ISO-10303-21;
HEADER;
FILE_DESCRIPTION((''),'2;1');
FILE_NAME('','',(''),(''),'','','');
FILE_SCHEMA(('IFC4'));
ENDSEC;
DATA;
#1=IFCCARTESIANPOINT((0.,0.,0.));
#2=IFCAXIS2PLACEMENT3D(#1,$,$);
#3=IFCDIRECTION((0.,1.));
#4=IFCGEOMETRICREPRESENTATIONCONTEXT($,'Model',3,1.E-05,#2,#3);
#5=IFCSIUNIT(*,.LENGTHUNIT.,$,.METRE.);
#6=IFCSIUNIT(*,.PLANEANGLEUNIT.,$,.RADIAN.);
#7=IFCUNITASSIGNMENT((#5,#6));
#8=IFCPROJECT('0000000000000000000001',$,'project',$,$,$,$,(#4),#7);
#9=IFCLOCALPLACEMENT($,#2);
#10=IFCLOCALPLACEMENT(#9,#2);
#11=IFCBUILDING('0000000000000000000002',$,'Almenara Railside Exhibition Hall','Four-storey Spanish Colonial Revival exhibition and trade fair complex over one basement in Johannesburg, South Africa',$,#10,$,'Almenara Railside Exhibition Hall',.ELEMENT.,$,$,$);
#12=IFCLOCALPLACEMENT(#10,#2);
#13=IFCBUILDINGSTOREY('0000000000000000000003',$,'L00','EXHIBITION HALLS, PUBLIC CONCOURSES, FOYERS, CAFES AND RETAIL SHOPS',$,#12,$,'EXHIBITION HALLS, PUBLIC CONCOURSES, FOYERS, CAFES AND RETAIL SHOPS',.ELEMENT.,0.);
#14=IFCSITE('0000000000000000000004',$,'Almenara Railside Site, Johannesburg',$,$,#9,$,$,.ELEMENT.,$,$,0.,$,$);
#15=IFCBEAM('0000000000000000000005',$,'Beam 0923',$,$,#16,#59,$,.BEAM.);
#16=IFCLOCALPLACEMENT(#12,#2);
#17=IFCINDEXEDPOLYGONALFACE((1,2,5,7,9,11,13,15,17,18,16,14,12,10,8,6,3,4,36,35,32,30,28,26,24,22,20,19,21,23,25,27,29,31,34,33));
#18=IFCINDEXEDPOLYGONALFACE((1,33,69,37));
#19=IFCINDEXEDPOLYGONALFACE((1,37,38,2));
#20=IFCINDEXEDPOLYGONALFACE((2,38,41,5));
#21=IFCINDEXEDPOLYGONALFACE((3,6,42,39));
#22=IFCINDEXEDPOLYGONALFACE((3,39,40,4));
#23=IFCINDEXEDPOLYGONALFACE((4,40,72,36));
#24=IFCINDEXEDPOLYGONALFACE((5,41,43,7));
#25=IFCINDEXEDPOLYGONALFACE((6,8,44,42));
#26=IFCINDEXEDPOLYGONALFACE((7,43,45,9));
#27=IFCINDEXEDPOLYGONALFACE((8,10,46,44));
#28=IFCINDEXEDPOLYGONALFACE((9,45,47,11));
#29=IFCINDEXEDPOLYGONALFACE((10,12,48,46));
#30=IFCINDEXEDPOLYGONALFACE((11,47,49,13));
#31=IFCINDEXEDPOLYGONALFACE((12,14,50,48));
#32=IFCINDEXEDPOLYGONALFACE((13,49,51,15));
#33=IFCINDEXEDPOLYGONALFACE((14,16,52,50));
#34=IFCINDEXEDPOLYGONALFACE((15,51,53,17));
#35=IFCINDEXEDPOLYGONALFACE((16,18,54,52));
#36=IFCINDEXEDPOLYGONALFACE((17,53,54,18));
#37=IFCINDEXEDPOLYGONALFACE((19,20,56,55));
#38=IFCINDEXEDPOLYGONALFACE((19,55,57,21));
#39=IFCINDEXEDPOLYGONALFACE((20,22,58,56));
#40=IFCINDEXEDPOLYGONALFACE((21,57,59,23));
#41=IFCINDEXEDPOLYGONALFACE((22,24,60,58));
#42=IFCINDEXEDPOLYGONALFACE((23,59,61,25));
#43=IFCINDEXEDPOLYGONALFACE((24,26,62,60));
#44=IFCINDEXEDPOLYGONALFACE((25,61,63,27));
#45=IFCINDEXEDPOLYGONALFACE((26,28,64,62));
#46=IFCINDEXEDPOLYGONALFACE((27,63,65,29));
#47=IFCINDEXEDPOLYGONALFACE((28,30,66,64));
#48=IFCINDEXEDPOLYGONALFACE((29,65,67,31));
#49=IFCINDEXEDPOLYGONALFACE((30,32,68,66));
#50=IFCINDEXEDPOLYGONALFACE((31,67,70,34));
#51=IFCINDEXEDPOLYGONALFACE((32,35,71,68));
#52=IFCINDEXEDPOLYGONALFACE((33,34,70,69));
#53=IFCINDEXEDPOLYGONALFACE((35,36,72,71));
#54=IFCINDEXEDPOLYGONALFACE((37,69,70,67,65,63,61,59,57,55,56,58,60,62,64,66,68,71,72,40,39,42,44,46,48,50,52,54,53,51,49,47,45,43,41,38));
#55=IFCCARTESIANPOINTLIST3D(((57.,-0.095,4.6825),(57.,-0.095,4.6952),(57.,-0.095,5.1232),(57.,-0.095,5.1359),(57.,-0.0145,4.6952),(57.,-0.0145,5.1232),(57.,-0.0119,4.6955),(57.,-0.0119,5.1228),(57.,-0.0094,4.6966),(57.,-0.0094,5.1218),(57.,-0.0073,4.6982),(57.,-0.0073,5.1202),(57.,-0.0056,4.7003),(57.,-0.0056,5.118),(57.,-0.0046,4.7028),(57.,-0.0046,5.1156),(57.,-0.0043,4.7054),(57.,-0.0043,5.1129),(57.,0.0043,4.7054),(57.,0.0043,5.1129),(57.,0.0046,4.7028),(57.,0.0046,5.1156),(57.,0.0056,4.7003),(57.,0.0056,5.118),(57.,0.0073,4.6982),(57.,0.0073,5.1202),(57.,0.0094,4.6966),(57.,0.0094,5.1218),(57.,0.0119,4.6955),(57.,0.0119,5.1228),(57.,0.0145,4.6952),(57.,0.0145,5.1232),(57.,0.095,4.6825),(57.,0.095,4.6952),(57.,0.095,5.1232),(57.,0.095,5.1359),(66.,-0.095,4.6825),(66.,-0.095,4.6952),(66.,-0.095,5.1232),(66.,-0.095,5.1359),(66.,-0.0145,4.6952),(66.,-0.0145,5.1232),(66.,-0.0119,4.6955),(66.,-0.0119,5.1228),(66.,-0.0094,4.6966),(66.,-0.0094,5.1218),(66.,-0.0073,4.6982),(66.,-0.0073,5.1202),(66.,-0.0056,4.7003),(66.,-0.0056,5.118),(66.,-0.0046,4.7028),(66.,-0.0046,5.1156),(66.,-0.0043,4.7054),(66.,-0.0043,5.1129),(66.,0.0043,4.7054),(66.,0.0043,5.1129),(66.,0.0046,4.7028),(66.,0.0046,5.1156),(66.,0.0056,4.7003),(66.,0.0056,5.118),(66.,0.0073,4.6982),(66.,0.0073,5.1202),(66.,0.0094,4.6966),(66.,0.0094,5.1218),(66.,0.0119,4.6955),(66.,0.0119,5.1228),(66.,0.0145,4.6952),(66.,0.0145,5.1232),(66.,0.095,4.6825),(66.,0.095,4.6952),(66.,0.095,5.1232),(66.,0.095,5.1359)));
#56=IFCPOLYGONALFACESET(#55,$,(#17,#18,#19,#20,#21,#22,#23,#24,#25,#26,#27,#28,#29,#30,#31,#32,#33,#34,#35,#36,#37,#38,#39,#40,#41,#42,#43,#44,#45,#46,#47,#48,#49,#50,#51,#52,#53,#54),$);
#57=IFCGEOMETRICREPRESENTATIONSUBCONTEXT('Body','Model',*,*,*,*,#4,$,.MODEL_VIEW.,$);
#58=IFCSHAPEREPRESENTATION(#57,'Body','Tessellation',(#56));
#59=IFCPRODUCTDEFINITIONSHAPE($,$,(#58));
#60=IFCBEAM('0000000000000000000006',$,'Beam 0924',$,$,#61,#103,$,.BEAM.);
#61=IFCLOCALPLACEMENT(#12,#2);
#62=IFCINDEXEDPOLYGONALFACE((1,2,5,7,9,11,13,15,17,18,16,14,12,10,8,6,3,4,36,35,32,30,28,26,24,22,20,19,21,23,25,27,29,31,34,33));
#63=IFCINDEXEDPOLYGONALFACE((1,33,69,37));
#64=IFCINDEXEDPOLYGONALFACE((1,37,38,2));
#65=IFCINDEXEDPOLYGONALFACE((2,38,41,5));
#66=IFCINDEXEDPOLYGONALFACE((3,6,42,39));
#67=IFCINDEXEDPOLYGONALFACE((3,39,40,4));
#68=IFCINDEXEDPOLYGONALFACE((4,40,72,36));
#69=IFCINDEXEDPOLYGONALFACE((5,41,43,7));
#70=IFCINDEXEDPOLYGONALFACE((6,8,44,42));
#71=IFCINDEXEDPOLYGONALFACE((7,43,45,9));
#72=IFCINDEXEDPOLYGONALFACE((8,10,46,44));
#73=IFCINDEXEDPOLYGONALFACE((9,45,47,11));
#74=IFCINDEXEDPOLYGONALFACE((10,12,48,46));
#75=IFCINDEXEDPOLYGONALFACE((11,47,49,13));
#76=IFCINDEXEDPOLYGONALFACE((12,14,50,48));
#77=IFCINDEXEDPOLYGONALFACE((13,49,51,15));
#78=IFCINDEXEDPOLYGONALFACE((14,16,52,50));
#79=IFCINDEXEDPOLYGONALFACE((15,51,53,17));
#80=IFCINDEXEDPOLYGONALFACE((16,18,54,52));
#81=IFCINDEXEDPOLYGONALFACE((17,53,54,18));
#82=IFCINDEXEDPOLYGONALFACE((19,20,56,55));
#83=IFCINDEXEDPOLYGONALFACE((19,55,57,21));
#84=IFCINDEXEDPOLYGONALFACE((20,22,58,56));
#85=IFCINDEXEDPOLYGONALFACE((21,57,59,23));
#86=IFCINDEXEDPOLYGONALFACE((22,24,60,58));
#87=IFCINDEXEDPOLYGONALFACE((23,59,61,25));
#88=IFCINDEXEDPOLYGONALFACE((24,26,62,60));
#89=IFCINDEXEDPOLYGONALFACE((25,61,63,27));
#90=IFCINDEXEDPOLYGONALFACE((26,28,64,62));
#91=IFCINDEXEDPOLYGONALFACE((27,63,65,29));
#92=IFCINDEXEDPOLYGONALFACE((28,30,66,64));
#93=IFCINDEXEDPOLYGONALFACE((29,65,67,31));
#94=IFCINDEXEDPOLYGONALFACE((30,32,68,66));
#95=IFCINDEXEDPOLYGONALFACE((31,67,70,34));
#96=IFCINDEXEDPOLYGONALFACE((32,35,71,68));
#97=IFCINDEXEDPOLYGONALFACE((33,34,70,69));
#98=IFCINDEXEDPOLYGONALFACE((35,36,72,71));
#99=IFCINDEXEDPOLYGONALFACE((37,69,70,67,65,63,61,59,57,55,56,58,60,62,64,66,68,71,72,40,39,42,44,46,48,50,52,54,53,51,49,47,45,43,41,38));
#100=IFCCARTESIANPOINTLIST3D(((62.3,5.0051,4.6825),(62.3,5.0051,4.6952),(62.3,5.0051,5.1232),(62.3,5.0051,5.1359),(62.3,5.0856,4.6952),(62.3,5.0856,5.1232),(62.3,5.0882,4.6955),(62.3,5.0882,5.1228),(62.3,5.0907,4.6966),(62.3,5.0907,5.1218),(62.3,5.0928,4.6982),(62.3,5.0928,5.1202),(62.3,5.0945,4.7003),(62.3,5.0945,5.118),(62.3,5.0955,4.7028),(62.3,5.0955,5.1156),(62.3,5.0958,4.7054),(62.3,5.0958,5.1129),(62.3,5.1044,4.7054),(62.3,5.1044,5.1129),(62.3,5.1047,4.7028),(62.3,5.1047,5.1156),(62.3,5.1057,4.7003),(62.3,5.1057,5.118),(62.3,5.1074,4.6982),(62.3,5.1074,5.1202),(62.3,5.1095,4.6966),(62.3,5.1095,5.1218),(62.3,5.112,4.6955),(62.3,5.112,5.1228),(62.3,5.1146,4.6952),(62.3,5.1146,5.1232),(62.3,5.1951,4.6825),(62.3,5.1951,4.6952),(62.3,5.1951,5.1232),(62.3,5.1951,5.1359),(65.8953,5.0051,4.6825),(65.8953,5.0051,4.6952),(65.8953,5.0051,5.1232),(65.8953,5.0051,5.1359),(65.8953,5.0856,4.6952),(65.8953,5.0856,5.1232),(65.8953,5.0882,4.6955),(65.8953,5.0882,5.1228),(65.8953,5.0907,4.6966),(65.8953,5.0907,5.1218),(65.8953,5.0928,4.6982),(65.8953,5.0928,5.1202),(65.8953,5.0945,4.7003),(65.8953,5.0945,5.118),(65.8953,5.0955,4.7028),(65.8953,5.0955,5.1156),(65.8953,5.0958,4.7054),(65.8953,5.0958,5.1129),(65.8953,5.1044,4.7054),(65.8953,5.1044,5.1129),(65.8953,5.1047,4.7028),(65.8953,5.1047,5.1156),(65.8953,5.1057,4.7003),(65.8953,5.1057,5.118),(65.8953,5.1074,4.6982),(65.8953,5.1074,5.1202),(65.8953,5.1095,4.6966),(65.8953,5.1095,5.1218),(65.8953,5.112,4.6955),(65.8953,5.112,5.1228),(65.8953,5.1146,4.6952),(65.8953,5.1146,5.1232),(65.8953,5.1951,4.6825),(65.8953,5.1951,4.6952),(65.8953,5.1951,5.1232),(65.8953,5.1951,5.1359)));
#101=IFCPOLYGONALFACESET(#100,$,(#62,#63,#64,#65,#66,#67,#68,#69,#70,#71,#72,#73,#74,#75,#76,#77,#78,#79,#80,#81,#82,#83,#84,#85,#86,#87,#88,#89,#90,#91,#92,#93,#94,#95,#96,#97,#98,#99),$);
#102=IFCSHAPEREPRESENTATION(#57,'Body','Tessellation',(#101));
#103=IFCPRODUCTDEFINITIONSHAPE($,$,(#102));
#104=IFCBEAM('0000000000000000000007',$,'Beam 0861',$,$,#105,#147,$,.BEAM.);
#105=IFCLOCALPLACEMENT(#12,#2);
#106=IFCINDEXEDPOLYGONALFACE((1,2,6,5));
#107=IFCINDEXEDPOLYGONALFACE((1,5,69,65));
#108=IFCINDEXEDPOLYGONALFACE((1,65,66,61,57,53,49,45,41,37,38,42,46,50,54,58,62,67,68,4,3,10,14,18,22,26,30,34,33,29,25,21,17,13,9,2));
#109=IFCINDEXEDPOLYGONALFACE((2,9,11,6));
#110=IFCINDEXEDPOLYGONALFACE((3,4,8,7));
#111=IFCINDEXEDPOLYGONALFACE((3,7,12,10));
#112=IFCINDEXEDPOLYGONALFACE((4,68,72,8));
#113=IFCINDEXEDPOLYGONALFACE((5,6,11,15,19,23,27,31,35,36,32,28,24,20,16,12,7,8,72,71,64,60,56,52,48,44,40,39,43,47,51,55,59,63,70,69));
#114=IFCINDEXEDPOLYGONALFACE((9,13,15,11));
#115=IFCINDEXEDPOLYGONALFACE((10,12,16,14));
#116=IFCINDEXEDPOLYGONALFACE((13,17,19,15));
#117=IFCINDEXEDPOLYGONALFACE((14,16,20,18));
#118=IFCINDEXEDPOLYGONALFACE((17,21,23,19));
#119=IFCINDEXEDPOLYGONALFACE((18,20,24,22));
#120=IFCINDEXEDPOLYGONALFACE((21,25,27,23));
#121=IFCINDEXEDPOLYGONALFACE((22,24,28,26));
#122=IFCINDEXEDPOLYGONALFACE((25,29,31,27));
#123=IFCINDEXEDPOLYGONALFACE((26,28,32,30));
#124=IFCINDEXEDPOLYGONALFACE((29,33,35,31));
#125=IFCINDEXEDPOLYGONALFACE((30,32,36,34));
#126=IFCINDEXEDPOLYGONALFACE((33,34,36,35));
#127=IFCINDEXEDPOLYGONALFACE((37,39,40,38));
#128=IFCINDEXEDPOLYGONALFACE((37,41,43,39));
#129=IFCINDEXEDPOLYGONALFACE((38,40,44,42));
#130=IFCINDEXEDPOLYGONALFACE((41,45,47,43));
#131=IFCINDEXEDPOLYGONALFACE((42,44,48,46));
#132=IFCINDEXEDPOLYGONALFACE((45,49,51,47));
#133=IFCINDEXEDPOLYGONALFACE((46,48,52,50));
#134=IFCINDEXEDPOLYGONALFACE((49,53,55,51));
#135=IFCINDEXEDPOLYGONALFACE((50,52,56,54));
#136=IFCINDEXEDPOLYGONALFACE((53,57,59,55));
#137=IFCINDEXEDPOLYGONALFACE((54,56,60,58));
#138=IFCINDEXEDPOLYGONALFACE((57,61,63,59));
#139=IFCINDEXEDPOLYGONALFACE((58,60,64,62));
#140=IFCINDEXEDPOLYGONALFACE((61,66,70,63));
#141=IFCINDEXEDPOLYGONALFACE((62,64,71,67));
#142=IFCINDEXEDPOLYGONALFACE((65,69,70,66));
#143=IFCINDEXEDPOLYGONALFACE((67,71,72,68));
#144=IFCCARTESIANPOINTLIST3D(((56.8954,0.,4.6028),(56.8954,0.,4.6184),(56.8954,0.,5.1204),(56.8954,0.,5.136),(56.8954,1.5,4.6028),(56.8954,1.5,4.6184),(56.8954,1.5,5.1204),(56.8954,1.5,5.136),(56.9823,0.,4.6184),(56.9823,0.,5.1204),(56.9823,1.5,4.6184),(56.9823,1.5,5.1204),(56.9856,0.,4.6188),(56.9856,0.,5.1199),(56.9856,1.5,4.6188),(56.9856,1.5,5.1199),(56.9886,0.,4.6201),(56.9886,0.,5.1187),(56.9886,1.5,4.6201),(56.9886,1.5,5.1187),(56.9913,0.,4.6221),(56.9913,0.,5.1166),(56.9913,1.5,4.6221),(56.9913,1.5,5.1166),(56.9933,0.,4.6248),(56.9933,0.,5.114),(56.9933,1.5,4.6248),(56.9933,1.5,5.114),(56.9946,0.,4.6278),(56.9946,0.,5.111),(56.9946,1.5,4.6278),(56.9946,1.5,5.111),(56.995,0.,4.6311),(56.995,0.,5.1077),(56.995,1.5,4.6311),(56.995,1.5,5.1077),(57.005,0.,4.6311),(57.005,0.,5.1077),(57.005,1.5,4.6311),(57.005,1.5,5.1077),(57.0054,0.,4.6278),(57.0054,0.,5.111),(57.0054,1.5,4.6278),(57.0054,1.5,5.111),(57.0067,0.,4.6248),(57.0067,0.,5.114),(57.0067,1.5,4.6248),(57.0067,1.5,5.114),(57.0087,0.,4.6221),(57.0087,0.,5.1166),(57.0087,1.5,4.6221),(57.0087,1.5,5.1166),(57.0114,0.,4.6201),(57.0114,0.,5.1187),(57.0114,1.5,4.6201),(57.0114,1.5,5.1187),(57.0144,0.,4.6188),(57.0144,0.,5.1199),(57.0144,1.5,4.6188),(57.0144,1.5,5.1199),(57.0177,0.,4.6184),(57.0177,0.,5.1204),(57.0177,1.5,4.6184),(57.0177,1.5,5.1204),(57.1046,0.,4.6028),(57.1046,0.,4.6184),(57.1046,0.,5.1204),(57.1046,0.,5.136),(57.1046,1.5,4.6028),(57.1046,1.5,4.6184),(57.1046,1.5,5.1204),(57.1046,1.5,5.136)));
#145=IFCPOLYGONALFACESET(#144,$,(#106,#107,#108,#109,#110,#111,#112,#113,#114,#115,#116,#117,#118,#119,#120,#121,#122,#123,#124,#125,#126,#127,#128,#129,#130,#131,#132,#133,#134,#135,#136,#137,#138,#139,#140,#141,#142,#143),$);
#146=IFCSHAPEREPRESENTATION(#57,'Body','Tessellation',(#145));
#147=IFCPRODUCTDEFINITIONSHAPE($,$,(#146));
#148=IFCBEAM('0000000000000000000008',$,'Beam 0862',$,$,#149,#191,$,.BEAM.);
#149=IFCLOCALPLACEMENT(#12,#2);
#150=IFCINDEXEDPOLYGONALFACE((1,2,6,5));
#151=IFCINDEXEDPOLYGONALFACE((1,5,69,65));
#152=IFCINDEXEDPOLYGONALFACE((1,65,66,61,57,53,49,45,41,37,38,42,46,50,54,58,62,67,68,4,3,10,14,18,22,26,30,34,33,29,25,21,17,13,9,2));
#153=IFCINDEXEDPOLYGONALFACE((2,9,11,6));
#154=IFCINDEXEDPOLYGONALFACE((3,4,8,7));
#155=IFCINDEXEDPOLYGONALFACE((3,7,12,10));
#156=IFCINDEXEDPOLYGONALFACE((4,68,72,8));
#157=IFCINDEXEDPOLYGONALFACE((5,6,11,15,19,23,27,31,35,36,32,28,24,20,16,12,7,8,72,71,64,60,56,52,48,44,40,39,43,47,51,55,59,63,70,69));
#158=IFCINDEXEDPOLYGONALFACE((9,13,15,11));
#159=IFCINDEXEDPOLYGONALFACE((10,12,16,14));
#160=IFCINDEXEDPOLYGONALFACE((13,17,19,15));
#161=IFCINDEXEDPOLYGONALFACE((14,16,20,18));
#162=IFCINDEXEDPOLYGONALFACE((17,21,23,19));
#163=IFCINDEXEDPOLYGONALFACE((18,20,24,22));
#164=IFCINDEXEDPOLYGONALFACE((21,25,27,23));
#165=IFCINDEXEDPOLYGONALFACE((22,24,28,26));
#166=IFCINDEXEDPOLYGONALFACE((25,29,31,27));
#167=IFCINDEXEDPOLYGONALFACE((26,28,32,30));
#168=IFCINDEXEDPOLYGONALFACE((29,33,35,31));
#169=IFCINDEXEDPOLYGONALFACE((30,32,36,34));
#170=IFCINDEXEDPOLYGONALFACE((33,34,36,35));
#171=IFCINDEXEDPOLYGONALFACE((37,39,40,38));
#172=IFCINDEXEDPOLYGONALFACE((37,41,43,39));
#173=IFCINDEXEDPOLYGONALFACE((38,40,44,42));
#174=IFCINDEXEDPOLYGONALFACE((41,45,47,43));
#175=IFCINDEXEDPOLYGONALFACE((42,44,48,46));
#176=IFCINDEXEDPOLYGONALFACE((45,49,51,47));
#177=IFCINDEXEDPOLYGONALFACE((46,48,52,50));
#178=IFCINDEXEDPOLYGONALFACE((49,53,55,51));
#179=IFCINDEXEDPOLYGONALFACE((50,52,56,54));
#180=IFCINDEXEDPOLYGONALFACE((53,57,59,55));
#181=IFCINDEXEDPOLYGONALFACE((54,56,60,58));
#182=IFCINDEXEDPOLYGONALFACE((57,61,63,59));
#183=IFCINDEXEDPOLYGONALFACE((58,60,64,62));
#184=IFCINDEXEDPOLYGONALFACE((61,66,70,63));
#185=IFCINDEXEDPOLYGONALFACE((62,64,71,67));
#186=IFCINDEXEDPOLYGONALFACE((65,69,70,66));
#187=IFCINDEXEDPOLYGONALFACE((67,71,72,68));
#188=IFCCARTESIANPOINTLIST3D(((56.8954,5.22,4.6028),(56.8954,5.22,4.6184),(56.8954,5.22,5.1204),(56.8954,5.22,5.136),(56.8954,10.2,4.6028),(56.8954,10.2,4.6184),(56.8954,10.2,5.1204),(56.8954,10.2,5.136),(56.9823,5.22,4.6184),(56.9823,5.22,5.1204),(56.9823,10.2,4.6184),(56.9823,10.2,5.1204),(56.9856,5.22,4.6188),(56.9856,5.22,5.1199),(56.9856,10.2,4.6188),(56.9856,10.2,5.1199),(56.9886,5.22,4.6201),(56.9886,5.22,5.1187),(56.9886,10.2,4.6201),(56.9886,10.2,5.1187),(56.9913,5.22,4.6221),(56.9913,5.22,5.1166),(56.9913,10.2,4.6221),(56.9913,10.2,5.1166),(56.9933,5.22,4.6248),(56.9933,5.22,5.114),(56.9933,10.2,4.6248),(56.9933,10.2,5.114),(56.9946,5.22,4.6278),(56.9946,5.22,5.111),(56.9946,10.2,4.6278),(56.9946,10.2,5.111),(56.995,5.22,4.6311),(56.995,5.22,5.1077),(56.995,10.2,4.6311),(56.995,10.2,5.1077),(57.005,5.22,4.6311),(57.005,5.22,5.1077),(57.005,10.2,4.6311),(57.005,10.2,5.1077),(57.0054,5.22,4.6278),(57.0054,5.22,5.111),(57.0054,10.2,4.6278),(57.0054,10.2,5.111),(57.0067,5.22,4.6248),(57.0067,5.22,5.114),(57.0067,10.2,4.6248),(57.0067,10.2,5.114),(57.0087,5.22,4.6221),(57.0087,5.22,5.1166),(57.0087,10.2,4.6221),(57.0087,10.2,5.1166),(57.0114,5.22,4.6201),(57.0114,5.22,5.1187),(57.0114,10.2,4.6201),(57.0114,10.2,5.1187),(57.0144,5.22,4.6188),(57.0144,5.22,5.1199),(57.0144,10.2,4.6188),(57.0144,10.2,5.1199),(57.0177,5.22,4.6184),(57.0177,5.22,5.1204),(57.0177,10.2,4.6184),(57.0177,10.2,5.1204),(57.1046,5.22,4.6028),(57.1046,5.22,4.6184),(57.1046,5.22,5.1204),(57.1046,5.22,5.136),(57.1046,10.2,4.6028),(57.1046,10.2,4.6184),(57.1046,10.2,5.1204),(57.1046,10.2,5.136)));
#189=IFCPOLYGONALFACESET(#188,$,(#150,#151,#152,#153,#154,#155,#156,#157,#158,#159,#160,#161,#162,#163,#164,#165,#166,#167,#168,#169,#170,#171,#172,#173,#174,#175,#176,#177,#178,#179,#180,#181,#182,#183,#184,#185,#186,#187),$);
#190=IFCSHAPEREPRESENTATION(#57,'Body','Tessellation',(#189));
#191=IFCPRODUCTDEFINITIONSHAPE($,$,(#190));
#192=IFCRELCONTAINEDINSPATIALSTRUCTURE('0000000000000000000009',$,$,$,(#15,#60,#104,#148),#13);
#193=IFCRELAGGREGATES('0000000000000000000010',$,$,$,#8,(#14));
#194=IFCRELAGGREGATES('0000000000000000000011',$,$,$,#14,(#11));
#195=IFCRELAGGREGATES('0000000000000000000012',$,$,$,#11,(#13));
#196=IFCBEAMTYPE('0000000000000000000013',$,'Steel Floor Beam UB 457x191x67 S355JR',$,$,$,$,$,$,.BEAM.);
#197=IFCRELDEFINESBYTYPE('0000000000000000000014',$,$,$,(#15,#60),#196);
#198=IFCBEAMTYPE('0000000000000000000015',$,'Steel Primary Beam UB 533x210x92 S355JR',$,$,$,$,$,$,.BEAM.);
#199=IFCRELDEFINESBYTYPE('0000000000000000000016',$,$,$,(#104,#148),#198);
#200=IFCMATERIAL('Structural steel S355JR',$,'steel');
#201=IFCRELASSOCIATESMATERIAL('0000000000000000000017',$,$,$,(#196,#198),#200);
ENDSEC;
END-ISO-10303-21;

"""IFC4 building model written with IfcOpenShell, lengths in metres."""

from ifc_helpers import new_model, si_unit, direction, frame, origin, origin_2d, place, context, subcontext, project, spatial, i_section, extrude, material, material_profile, profile_set, type_object, element, save


model = new_model("IFC4")

# Units and contexts
model_context = context("Model", 3, precision=1e-05, world=origin(), true_north=direction((0.0, 1.0)))
body_context = subcontext(model_context, "Body", "Model", "MODEL_VIEW")
ifc_project = project(units=[si_unit("LENGTHUNIT", "METRE"), si_unit("PLANEANGLEUNIT", "RADIAN")], contexts=[model_context])

# Site, building, storey
site_placement = place(None, origin())
site = spatial("IfcSite", under=ifc_project, at=site_placement, Name="Almenara Railside Site, Johannesburg", CompositionType="ELEMENT", RefElevation=0.0)
building_placement = place(site_placement, origin())
building = spatial("IfcBuilding", under=site, at=building_placement, Name="Almenara Railside Exhibition Hall", Description="Four-storey Spanish Colonial Revival exhibition and trade fair complex over one basement in Johannesburg, South Africa", LongName="Almenara Railside Exhibition Hall", CompositionType="ELEMENT")
storey_placement = place(building_placement, origin())
storey = spatial("IfcBuildingStorey", under=building, at=storey_placement, Name="L00", Description="EXHIBITION HALLS, PUBLIC CONCOURSES, FOYERS, CAFES AND RETAIL SHOPS", LongName="EXHIBITION HALLS, PUBLIC CONCOURSES, FOYERS, CAFES AND RETAIL SHOPS", CompositionType="ELEMENT", Elevation=0.0)

# Beams
ifc_material_1 = material(Name="Structural steel S355JR", Category="steel")
ifc_material_profile_1 = material_profile(ifc_material_1, i_section(OverallWidth=0.1899, OverallDepth=0.4534, WebThickness=0.0085, FlangeThickness=0.0127, FilletRadius=0.0103, at=origin_2d()), Name="UB 457x191x67")
ifc_profile_set_1 = profile_set([ifc_material_profile_1], Name="Structural steel S355JR")
beam_type_1 = type_object("IfcBeamType", Name="Steel Floor Beam UB 457x191x67 S355JR", PredefinedType="BEAM", material=ifc_profile_set_1)
beam_1_placement = place(storey_placement, frame((57.0, 0.0, 4.9092), z_axis=(1.0, 0.0, 0.0), x_axis=(0.0, 1.0, 0.0)))
element("IfcBeam", 1, at=beam_1_placement, inside=storey, type_object=beam_type_1, Name="Beam 0923", PredefinedType="BEAM", context=body_context, shape_type="SweptSolid", body=[
    extrude(i_section(OverallWidth=0.1899, OverallDepth=0.4534, WebThickness=0.0085, FlangeThickness=0.0127, FilletRadius=0.0103, at=origin_2d()), origin(), (0.0, 0.0, 1.0), 9.0),
])
beam_2_placement = place(storey_placement, frame((62.3, 5.1001, 4.9092), z_axis=(1.0, 0.0, 0.0), x_axis=(0.0, 1.0, 0.0)))
element("IfcBeam", 2, at=beam_2_placement, inside=storey, type_object=beam_type_1, Name="Beam 0924", PredefinedType="BEAM", context=body_context, shape_type="SweptSolid", body=[
    extrude(i_section(OverallWidth=0.1899, OverallDepth=0.4534, WebThickness=0.0085, FlangeThickness=0.0127, FilletRadius=0.0103, at=origin_2d()), origin(), (0.0, 0.0, 1.0), 3.5952),
])
ifc_material_profile_2 = material_profile(ifc_material_1, i_section(OverallWidth=0.2092, OverallDepth=0.5332, WebThickness=0.01, FlangeThickness=0.0156, FilletRadius=0.0127, at=origin_2d()), Name="UB 533x210x92")
ifc_profile_set_2 = profile_set([ifc_material_profile_2], Name="Structural steel S355JR")
beam_type_2 = type_object("IfcBeamType", Name="Steel Primary Beam UB 533x210x92 S355JR", PredefinedType="BEAM", material=ifc_profile_set_2)
beam_3_placement = place(storey_placement, frame((57.0, 0.0, 4.8694), z_axis=(0.0, 1.0, 0.0), x_axis=(-1.0, 0.0, 0.0)))
element("IfcBeam", 3, at=beam_3_placement, inside=storey, type_object=beam_type_2, Name="Beam 0861", PredefinedType="BEAM", context=body_context, shape_type="SweptSolid", body=[
    extrude(i_section(OverallWidth=0.2092, OverallDepth=0.5332, WebThickness=0.01, FlangeThickness=0.0156, FilletRadius=0.0127, at=origin_2d()), origin(), (0.0, 0.0, 1.0), 1.5),
])
beam_4_placement = place(storey_placement, frame((57.0, 5.22, 4.8694), z_axis=(0.0, 1.0, 0.0), x_axis=(-1.0, 0.0, 0.0)))
element("IfcBeam", 4, at=beam_4_placement, inside=storey, type_object=beam_type_2, Name="Beam 0862", PredefinedType="BEAM", context=body_context, shape_type="SweptSolid", body=[
    extrude(i_section(OverallWidth=0.2092, OverallDepth=0.5332, WebThickness=0.01, FlangeThickness=0.0156, FilletRadius=0.0127, at=origin_2d()), origin(), (0.0, 0.0, 1.0), 4.98),
])

save(model, "model.ifc")
